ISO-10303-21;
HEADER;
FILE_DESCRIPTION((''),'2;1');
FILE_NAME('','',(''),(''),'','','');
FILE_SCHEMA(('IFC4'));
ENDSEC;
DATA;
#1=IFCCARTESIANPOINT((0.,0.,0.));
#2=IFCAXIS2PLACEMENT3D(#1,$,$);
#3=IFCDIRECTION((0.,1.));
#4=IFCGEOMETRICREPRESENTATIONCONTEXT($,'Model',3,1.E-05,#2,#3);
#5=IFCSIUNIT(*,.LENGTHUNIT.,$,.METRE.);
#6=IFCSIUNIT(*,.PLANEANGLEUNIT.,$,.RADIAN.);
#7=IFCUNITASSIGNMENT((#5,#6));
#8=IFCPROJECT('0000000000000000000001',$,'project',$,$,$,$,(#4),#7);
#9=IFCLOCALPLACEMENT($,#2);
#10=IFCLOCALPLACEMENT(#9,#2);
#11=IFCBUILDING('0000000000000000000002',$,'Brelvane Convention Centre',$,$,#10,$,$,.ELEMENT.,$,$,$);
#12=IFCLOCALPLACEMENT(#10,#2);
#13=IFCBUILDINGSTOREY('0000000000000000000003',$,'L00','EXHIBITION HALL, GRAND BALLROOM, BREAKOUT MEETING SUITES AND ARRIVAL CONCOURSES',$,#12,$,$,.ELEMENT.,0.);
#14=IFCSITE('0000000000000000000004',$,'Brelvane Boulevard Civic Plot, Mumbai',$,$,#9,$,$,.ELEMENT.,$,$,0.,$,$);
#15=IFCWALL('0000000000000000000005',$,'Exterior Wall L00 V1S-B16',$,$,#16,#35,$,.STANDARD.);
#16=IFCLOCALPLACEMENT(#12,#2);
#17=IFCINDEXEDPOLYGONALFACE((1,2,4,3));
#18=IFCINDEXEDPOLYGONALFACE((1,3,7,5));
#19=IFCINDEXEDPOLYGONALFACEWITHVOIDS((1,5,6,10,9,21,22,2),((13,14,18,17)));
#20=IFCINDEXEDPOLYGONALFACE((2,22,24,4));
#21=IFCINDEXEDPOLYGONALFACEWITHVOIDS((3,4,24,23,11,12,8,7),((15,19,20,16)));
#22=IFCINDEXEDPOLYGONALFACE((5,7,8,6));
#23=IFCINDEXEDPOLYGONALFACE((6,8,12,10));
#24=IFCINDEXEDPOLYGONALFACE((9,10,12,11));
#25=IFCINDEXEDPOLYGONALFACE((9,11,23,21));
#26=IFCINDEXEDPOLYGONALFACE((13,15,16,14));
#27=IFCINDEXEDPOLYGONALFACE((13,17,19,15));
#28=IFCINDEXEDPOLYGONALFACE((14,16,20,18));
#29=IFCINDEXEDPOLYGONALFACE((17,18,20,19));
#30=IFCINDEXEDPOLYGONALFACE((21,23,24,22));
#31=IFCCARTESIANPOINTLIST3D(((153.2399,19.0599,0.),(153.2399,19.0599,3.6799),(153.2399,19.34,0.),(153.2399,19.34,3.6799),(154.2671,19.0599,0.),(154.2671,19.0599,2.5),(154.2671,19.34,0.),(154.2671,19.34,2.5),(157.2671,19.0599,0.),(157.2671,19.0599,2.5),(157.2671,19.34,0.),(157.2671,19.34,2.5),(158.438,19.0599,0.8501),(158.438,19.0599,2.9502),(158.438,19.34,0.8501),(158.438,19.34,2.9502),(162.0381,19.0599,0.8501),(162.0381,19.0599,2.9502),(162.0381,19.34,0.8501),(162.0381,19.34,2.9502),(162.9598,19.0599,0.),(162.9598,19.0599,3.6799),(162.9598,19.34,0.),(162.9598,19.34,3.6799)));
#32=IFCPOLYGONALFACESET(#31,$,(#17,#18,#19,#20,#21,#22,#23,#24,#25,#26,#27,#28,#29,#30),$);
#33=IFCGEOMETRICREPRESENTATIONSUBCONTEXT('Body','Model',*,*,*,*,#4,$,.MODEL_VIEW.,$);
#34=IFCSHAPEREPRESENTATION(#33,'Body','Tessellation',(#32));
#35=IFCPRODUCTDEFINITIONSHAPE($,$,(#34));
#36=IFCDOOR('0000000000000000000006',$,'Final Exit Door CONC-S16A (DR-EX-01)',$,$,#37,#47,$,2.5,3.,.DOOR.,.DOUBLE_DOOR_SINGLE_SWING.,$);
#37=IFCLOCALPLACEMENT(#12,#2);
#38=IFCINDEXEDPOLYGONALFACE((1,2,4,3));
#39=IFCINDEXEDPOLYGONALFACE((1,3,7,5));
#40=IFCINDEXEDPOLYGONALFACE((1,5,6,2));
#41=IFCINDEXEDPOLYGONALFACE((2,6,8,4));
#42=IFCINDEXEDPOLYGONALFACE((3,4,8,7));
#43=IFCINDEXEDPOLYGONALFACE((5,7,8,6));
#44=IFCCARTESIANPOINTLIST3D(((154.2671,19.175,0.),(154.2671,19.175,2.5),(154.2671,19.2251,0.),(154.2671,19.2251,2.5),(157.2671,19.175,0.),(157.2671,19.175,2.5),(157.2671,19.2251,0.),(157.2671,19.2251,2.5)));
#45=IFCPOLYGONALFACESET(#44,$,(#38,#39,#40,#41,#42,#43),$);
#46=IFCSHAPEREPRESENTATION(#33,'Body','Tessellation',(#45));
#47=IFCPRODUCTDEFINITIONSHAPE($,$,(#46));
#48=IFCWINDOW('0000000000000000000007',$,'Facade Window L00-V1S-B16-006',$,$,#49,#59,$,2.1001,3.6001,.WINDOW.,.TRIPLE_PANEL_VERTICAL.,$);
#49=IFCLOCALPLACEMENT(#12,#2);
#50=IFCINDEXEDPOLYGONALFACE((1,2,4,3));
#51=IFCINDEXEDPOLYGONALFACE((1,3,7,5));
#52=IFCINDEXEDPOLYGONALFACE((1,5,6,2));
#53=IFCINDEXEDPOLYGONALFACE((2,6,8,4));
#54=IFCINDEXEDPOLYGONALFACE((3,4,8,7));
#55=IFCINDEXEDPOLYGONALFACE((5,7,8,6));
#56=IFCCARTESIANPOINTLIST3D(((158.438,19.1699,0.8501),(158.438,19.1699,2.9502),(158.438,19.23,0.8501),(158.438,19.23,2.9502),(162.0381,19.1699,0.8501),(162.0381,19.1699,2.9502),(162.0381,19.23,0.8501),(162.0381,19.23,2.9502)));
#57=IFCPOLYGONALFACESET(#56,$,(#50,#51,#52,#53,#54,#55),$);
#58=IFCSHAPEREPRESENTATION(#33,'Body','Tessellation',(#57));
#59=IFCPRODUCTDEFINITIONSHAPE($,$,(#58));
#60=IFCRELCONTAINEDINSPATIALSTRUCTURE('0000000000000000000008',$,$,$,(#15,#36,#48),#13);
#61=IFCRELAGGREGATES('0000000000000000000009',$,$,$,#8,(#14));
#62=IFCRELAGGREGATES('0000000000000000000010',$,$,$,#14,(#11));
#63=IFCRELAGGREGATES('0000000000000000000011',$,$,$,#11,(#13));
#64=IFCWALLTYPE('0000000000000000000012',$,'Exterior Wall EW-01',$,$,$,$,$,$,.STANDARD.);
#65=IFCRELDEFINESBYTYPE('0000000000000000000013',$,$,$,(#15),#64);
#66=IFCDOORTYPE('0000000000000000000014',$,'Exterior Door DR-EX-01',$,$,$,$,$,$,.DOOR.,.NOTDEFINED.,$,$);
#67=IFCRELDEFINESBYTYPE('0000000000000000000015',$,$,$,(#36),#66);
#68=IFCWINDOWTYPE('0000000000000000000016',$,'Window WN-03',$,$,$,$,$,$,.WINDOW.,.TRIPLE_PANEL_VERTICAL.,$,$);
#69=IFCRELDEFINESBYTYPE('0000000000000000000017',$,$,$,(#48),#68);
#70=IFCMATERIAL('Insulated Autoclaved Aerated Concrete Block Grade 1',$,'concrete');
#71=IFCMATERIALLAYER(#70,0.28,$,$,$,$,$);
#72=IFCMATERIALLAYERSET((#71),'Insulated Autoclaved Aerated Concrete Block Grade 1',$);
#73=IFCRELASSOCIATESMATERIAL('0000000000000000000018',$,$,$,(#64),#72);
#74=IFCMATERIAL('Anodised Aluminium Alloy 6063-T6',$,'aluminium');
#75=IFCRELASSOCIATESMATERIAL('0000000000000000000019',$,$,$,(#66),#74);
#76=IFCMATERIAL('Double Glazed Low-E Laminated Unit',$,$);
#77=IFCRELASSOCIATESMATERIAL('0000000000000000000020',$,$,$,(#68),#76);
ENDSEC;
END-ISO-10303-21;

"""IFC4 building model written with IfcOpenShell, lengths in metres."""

from ifc_helpers import new_model, si_unit, direction, frame, frame_2d, origin, place, context, subcontext, project, spatial, rectangle, extrude, material, layer, layer_set, type_object, element, fill, save


model = new_model("IFC4")

# Units and contexts
model_context = context("Model", 3, precision=1e-05, world=origin(), true_north=direction((0.0, 1.0)))
body_context = subcontext(model_context, "Body", "Model", "MODEL_VIEW")
ifc_project = project(units=[si_unit("LENGTHUNIT", "METRE"), si_unit("PLANEANGLEUNIT", "RADIAN")], contexts=[model_context])

# Site, building, storey
site_placement = place(None, origin())
site = spatial("IfcSite", under=ifc_project, at=site_placement, Name="Brelvane Boulevard Civic Plot, Mumbai", CompositionType="ELEMENT", RefElevation=0.0)
building_placement = place(site_placement, origin())
building = spatial("IfcBuilding", under=site, at=building_placement, Name="Brelvane Convention Centre", CompositionType="ELEMENT")
storey_placement = place(building_placement, origin())
storey = spatial("IfcBuildingStorey", under=building, at=storey_placement, Name="L00", Description="EXHIBITION HALL, GRAND BALLROOM, BREAKOUT MEETING SUITES AND ARRIVAL CONCOURSES", CompositionType="ELEMENT", Elevation=0.0)

# Wall, openings, door, window
ifc_material_1 = material(Name="Insulated Autoclaved Aerated Concrete Block Grade 1", Category="concrete")
ifc_layer_1 = layer(ifc_material_1, 0.28)
ifc_layer_set_1 = layer_set([ifc_layer_1], Name="Insulated Autoclaved Aerated Concrete Block Grade 1")
wall_type = type_object("IfcWallType", Name="Exterior Wall EW-01", PredefinedType="STANDARD", material=ifc_layer_set_1)
wall_placement = place(storey_placement, frame((153.24, 19.2, 0.0), z_axis=(0.0, 0.0, 1.0), x_axis=(1.0, 0.0, 0.0)))
wall = element("IfcWall", 1, at=wall_placement, inside=storey, type_object=wall_type, Name="Exterior Wall L00 V1S-B16", PredefinedType="STANDARD", context=body_context, shape_type="SweptSolid", body=[
    extrude(rectangle(XDim=9.72, YDim=0.28, at=frame_2d((4.8599, 0.0))), origin(), (0.0, 0.0, 1.0), 3.6799),
])
opening_1_placement = place(wall_placement, frame((1.0271, 0.0, 0.0)))
opening_1 = element("IfcOpeningElement", 2, at=opening_1_placement, cuts=wall, PredefinedType="OPENING", context=body_context, shape_type="SweptSolid", body=[
    extrude(rectangle(XDim=3.0, YDim=2.5, at=frame_2d((1.5, 1.25))), frame((0.0, 0.1499, 0.0), z_axis=(0.0, -1.0, 0.0), x_axis=(1.0, 0.0, 0.0)), (0.0, 0.0, 1.0), 0.3),
])
opening_2_placement = place(wall_placement, frame((5.198, 0.0, 0.8501)))
opening_2 = element("IfcOpeningElement", 3, at=opening_2_placement, cuts=wall, PredefinedType="OPENING", context=body_context, shape_type="SweptSolid", body=[
    extrude(rectangle(XDim=3.6001, YDim=2.1001, at=frame_2d((1.8, 1.05))), frame((0.0, 0.1499, 0.0), z_axis=(0.0, -1.0, 0.0), x_axis=(1.0, 0.0, 0.0)), (0.0, 0.0, 1.0), 0.3),
])
ifc_material_2 = material(Name="Anodised Aluminium Alloy 6063-T6", Category="aluminium")
door_type = type_object("IfcDoorType", Name="Exterior Door DR-EX-01", OperationType="NOTDEFINED", PredefinedType="DOOR", material=ifc_material_2)
door_placement = place(opening_1_placement, frame((3.0, 0.0, 0.0), z_axis=(0.0, 0.0, 1.0), x_axis=(-1.0, 0.0, 0.0)))
door = element("IfcDoor", 4, at=door_placement, inside=storey, type_object=door_type, Name="Final Exit Door CONC-S16A (DR-EX-01)", OperationType="DOUBLE_DOOR_SINGLE_SWING", OverallHeight=2.5, OverallWidth=3.0, PredefinedType="DOOR", context=body_context, shape_type="SweptSolid", body=[
    extrude(rectangle(XDim=3.0, YDim=2.5, at=frame_2d((1.5, 1.25))), frame((0.0, 0.0249, 0.0), z_axis=(0.0, -1.0, 0.0), x_axis=(1.0, 0.0, 0.0)), (0.0, 0.0, 1.0), 0.05),
])
fill(opening_1, door)
ifc_material_3 = material(Name="Double Glazed Low-E Laminated Unit")
window_type = type_object("IfcWindowType", Name="Window WN-03", PartitioningType="TRIPLE_PANEL_VERTICAL", PredefinedType="WINDOW", material=ifc_material_3)
window_placement = place(opening_2_placement, origin())
window = element("IfcWindow", 5, at=window_placement, inside=storey, type_object=window_type, Name="Facade Window L00-V1S-B16-006", OverallHeight=2.1001, OverallWidth=3.6001, PartitioningType="TRIPLE_PANEL_VERTICAL", PredefinedType="WINDOW", context=body_context, shape_type="SweptSolid", body=[
    extrude(rectangle(XDim=3.6001, YDim=2.1001, at=frame_2d((1.8, 1.05))), frame((0.0, 0.03, 0.0), z_axis=(0.0, -1.0, 0.0), x_axis=(1.0, 0.0, 0.0)), (0.0, 0.0, 1.0), 0.0601),
])
fill(opening_2, window)

save(model, "model.ifc")
